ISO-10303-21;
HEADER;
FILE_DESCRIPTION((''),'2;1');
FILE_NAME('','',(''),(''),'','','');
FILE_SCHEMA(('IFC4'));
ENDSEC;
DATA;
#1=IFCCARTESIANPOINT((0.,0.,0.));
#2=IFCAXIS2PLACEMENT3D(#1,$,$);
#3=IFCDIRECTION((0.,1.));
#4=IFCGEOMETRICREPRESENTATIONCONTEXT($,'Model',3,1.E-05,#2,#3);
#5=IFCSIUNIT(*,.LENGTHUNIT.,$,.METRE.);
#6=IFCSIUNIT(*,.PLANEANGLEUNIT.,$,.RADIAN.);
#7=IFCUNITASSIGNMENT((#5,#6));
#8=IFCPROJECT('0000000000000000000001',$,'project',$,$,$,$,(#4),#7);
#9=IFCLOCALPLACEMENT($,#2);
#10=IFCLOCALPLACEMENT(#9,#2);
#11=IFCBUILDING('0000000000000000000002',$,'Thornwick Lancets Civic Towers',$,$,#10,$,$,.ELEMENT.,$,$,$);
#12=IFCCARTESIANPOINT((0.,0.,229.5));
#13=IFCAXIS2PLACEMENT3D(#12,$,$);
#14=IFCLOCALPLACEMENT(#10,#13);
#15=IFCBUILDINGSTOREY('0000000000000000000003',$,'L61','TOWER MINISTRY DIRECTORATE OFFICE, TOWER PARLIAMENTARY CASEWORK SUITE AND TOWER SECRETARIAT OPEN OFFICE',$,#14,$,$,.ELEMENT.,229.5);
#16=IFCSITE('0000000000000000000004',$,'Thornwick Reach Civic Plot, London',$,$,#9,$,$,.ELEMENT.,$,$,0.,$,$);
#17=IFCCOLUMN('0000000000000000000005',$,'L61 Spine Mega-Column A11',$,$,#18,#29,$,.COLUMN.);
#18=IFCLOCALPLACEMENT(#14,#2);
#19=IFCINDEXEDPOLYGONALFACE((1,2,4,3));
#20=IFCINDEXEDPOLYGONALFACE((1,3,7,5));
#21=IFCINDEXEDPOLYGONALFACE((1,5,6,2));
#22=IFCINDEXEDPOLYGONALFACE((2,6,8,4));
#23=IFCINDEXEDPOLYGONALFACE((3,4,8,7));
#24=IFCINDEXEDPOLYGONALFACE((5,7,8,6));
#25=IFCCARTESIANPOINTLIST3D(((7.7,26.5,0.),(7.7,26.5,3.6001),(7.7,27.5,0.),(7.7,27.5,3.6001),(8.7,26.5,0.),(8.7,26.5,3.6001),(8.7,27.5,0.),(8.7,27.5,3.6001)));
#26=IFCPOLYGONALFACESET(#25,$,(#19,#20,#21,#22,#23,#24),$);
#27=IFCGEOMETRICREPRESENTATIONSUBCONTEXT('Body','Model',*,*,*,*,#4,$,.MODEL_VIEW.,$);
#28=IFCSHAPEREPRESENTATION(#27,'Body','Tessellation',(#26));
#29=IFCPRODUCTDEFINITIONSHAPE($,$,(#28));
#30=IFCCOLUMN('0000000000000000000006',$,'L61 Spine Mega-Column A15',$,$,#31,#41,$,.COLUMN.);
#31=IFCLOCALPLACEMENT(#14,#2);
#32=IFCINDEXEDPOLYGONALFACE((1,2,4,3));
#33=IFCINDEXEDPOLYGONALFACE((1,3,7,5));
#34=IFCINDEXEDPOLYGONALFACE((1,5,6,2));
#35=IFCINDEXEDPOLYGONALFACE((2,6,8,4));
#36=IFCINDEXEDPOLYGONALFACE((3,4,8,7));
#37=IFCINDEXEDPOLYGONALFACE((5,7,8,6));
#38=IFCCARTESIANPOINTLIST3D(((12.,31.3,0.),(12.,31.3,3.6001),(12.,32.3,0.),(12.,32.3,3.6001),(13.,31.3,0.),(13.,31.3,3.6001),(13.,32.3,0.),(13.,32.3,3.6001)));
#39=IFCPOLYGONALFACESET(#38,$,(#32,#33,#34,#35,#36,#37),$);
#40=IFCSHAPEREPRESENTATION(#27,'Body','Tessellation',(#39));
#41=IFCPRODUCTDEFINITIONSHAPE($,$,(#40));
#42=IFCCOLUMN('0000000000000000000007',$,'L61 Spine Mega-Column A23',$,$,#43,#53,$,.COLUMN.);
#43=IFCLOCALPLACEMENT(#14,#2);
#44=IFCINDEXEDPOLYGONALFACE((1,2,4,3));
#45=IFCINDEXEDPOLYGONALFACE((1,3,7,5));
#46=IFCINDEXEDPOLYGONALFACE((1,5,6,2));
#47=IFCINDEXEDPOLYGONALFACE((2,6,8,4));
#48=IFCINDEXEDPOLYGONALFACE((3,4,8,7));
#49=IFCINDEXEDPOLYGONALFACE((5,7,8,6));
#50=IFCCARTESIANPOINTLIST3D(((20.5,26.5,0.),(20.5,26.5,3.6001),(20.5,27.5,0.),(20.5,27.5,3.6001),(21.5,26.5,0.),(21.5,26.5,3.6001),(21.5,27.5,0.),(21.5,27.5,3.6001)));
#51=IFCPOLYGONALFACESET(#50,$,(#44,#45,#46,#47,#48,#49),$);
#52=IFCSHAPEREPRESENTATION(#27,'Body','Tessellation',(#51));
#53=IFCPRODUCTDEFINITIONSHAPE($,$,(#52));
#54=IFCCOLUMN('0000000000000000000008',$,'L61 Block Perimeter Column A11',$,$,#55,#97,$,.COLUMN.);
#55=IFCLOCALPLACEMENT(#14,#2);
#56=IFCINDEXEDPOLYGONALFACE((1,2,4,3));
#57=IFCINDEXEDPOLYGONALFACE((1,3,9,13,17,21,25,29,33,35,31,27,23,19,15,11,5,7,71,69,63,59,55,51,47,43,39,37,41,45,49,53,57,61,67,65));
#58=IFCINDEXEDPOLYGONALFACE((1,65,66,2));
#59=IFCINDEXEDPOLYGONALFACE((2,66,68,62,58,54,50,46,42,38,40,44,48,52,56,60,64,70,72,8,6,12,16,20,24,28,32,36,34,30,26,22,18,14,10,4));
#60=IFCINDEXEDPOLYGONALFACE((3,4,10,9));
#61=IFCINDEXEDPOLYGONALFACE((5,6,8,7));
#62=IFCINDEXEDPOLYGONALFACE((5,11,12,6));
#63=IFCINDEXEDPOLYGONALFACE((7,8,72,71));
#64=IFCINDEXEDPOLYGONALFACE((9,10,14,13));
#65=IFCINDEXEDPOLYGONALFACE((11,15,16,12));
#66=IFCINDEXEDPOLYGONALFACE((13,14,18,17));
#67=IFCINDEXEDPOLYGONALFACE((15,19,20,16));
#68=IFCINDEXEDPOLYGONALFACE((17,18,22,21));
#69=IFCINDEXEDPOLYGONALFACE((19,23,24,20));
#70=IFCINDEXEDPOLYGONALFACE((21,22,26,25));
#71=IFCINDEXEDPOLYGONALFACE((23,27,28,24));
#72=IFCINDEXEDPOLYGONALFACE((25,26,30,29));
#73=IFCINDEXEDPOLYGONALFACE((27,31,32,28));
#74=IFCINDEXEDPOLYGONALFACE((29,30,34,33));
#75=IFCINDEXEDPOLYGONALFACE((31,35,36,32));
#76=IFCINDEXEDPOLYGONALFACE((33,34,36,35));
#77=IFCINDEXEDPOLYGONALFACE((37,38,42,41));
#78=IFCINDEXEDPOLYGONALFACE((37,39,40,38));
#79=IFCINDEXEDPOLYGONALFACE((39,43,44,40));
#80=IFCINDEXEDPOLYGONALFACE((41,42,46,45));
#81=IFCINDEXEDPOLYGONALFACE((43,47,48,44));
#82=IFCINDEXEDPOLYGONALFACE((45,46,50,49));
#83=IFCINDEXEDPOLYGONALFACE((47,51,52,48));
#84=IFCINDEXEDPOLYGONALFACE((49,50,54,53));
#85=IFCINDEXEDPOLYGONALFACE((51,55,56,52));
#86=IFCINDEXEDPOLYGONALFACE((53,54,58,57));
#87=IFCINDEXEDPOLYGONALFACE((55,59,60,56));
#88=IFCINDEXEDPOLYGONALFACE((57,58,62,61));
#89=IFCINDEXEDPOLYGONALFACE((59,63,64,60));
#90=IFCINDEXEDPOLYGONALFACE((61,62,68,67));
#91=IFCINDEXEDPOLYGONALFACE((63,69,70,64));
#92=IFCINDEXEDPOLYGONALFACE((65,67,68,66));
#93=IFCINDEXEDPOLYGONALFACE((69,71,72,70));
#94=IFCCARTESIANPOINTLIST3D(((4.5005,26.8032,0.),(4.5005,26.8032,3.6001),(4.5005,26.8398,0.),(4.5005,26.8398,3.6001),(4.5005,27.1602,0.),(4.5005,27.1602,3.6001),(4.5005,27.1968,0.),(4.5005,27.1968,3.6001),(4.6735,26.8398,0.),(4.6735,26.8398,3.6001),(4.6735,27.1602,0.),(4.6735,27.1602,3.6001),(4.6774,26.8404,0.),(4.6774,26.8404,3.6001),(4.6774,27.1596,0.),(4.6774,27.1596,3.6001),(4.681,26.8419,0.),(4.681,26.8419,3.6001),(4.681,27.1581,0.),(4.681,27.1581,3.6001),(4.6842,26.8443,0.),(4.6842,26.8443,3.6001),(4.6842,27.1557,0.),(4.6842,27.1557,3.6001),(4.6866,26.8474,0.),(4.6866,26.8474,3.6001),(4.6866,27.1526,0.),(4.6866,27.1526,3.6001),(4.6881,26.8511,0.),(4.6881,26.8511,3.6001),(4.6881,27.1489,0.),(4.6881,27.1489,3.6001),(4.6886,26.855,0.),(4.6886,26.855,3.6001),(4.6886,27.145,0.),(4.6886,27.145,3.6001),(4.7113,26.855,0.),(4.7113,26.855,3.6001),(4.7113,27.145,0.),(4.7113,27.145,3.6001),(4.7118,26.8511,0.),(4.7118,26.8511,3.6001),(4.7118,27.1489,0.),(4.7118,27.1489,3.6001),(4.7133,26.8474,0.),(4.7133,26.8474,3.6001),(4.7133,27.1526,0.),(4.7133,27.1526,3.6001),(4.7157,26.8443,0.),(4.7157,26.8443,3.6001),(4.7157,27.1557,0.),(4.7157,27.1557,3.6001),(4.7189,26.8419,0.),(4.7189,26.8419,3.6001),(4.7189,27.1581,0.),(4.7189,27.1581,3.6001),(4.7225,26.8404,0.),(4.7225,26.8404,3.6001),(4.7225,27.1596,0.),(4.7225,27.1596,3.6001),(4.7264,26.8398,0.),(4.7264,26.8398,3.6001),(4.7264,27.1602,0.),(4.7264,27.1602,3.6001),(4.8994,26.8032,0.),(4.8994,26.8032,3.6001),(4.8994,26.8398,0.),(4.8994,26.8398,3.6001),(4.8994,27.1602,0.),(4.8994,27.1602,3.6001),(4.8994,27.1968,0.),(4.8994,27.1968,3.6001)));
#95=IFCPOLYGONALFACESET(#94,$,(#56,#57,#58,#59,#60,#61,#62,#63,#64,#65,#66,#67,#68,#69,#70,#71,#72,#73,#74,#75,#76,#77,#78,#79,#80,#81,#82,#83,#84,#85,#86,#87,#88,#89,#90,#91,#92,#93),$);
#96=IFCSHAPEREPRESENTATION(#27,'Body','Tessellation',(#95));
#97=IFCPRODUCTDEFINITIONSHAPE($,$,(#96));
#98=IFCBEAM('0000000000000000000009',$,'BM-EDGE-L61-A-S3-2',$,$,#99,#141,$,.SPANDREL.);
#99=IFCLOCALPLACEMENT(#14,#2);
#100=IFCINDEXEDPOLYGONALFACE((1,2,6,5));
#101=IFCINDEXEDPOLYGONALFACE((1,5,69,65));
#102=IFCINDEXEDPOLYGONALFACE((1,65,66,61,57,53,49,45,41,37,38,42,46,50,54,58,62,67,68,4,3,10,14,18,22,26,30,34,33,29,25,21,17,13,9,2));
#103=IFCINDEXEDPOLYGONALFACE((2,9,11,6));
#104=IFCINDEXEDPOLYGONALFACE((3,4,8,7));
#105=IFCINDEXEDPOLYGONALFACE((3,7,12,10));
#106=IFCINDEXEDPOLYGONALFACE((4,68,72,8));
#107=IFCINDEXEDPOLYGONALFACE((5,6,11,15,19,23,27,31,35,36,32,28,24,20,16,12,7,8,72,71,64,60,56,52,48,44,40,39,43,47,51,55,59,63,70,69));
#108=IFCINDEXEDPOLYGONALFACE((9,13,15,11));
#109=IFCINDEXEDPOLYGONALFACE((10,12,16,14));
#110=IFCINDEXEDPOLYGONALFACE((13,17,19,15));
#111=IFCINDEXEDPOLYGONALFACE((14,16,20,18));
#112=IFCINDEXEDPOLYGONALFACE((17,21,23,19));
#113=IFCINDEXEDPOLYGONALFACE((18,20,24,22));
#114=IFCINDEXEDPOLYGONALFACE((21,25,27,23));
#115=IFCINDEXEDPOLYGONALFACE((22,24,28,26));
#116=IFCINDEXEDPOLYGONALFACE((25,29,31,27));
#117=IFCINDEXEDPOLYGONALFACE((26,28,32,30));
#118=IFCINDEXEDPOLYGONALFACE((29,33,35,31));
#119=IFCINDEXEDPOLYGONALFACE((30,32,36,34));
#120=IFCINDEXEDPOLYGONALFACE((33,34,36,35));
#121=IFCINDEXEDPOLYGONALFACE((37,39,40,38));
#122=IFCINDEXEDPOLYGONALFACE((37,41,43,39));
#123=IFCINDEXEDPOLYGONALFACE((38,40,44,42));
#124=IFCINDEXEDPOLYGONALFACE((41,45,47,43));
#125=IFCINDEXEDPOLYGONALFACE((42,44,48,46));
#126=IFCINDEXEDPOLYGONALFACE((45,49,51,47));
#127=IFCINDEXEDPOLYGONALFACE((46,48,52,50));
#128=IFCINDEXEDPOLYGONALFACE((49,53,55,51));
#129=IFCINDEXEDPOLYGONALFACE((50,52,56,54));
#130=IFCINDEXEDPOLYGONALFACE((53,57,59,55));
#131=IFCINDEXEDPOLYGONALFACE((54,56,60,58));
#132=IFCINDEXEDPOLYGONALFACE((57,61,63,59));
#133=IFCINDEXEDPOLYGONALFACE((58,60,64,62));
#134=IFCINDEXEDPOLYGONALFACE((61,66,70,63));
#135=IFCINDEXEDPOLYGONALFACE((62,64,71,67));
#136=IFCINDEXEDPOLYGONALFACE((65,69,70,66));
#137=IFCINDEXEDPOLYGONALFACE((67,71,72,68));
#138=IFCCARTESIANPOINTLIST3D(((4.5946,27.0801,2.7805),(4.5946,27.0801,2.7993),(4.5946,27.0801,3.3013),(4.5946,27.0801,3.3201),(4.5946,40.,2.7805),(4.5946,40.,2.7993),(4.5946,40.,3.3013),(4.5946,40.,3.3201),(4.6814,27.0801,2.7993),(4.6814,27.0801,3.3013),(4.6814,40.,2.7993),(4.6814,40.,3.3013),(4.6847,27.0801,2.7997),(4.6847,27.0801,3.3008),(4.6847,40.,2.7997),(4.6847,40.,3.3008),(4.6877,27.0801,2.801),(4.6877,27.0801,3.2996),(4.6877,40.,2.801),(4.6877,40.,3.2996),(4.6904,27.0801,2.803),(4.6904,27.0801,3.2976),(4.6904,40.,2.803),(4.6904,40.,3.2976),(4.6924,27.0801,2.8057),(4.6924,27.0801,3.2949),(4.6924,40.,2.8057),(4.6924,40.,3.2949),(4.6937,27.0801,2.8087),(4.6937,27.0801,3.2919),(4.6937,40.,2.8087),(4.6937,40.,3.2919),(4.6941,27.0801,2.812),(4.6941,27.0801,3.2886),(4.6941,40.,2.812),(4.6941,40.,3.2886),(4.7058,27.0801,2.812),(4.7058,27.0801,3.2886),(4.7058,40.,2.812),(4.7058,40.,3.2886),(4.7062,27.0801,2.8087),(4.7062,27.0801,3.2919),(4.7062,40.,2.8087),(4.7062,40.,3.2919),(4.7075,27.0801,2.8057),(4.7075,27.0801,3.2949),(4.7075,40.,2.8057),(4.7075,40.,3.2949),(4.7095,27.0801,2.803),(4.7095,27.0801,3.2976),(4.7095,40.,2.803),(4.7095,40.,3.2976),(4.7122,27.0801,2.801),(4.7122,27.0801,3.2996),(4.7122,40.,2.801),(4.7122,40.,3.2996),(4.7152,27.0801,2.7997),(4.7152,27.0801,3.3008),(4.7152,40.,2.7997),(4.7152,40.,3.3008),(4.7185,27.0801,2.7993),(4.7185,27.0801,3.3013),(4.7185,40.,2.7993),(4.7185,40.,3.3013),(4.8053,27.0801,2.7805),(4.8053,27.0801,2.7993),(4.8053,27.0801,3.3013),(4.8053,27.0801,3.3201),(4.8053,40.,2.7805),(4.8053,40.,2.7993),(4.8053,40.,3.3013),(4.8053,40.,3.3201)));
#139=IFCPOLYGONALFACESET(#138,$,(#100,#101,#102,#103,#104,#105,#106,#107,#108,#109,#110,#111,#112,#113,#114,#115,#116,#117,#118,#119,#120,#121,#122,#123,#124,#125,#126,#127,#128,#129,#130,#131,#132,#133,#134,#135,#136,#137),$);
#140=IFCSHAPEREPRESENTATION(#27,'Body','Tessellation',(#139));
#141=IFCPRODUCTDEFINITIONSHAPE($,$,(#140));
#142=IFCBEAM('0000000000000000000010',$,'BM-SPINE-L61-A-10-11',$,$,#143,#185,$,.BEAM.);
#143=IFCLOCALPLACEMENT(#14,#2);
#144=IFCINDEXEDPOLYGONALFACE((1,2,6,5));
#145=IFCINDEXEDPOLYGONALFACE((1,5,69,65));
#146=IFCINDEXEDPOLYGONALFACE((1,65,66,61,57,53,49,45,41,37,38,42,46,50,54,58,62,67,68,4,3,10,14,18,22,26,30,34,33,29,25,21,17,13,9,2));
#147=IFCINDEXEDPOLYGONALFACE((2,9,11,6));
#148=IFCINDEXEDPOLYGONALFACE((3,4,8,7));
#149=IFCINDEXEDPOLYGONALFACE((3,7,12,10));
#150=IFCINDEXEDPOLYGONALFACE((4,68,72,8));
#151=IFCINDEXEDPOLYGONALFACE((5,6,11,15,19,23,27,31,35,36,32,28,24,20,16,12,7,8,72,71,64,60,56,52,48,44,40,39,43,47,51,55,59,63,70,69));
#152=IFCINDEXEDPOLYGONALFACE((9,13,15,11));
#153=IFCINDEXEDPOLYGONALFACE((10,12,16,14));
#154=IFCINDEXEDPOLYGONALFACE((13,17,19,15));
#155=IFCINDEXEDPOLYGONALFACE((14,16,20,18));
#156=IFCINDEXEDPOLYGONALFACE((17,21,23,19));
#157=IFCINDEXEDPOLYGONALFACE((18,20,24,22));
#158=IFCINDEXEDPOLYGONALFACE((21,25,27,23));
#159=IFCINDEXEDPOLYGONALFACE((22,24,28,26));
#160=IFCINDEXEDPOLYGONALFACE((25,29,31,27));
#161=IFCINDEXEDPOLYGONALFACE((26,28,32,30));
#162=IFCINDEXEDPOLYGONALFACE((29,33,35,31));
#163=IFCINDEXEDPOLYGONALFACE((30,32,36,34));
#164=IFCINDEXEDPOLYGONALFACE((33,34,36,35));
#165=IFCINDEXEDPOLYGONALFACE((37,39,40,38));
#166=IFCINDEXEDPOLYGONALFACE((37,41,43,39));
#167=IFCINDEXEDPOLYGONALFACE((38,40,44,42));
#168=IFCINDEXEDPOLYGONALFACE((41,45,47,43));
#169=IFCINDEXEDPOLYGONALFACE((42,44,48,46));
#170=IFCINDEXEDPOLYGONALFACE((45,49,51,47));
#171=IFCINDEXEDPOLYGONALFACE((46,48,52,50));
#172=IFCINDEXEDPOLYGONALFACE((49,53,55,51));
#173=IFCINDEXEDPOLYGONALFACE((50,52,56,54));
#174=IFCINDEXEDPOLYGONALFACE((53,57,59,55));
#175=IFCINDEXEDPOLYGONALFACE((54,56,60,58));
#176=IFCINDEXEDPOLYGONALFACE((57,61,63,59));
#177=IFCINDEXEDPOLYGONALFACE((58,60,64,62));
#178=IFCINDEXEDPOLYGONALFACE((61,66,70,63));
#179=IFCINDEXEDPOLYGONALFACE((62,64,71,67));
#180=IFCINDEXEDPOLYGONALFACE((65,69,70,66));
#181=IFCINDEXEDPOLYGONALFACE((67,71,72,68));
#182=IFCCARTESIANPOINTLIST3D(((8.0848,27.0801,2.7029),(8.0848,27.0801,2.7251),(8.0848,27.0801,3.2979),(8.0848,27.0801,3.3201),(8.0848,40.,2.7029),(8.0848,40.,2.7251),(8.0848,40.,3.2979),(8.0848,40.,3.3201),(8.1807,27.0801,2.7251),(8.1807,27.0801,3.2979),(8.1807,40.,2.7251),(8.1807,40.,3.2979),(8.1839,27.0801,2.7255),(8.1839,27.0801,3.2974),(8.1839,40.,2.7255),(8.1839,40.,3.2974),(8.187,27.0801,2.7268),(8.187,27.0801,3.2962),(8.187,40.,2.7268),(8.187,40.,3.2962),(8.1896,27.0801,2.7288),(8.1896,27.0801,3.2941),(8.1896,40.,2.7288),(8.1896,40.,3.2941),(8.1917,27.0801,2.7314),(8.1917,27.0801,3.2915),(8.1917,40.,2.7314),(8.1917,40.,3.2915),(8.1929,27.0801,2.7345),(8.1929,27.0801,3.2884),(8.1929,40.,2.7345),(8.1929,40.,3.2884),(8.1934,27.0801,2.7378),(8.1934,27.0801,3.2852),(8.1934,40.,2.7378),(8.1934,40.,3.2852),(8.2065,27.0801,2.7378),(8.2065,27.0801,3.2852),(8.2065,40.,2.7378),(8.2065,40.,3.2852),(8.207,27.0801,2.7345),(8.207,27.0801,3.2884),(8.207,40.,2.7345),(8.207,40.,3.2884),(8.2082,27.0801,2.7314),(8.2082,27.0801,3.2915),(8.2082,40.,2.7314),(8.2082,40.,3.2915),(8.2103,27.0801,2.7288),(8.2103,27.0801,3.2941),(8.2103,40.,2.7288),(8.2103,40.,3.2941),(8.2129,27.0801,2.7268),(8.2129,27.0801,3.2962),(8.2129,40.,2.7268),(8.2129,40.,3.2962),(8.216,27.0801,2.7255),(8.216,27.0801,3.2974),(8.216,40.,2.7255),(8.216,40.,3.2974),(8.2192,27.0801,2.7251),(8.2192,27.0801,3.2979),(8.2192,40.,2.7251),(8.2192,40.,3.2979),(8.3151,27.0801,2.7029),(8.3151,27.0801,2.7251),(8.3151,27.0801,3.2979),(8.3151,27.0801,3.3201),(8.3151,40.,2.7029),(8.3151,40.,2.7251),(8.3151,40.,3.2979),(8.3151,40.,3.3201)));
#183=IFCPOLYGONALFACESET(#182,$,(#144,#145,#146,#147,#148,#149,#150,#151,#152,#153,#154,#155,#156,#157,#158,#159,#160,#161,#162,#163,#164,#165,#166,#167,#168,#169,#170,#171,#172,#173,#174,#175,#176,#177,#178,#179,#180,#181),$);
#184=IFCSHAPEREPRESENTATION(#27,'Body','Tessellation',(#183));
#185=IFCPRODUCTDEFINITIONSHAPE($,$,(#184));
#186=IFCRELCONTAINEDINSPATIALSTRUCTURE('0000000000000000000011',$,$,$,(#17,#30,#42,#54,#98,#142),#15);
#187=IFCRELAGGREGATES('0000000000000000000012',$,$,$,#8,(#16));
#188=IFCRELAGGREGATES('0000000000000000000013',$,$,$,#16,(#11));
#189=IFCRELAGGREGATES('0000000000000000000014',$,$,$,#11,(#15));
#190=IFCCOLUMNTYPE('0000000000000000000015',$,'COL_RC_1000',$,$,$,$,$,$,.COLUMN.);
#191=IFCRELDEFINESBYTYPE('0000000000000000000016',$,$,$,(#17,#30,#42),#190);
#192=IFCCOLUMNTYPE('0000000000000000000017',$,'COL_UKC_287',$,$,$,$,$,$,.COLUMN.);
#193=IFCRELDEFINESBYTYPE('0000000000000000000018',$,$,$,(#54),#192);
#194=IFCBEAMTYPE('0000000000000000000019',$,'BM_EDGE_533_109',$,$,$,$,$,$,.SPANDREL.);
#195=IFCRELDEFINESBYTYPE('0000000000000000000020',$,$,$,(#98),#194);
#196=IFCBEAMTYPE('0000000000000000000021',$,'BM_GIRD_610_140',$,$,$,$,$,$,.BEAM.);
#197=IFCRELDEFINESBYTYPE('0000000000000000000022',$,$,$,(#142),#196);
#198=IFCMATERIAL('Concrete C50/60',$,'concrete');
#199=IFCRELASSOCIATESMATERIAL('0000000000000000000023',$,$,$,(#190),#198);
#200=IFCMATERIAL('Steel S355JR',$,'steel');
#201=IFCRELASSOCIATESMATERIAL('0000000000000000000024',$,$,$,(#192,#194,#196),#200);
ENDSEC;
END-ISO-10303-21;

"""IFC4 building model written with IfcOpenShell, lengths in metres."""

from ifc_helpers import new_model, si_unit, direction, frame, origin, origin_2d, place, context, subcontext, project, spatial, rectangle, i_section, extrude, material, material_profile, profile_set, type_object, element, save


model = new_model("IFC4")

# Units and contexts
model_context = context("Model", 3, precision=1e-05, world=origin(), true_north=direction((0.0, 1.0)))
body_context = subcontext(model_context, "Body", "Model", "MODEL_VIEW")
ifc_project = project(units=[si_unit("LENGTHUNIT", "METRE"), si_unit("PLANEANGLEUNIT", "RADIAN")], contexts=[model_context])

# Site, building, storey
site_placement = place(None, origin())
site = spatial("IfcSite", under=ifc_project, at=site_placement, Name="Thornwick Reach Civic Plot, London", CompositionType="ELEMENT", RefElevation=0.0)
building_placement = place(site_placement, origin())
building = spatial("IfcBuilding", under=site, at=building_placement, Name="Thornwick Lancets Civic Towers", CompositionType="ELEMENT")
storey_placement = place(building_placement, frame((0.0, 0.0, 229.5)))
storey = spatial("IfcBuildingStorey", under=building, at=storey_placement, Name="L61", Description="TOWER MINISTRY DIRECTORATE OFFICE, TOWER PARLIAMENTARY CASEWORK SUITE AND TOWER SECRETARIAT OPEN OFFICE", CompositionType="ELEMENT", Elevation=229.5)

# Columns
ifc_material_1 = material(Name="Concrete C50/60", Category="concrete")
ifc_material_profile_1 = material_profile(ifc_material_1, rectangle(XDim=1.0, YDim=1.0, at=origin_2d()), Name="RC 1000x1000")
ifc_profile_set_1 = profile_set([ifc_material_profile_1], Name="Concrete C50/60")
column_type_1 = type_object("IfcColumnType", Name="COL_RC_1000", PredefinedType="COLUMN", material=ifc_profile_set_1)
for number, where, z_axis, x_axis, name in (
    (1, (8.2, 27.0, 0.0), (0.0, 0.0, 1.0), (1.0, 0.0, 0.0), "L61 Spine Mega-Column A11"),
    (2, (12.5, 31.8, 0.0), (0.0, 0.0, 1.0), (1.0, 0.0, 0.0), "L61 Spine Mega-Column A15"),
    (3, (21.0, 27.0, 0.0), (0.0, 0.0, 1.0), (1.0, 0.0, 0.0), "L61 Spine Mega-Column A23"),
):
    element("IfcColumn", number, at=place(storey_placement, frame(where, z_axis=z_axis, x_axis=x_axis)), inside=storey, type_object=column_type_1, Name=name, PredefinedType="COLUMN", context=body_context, shape_type="SweptSolid", body=[
        extrude(rectangle(XDim=1.0, YDim=1.0, at=origin_2d()), origin(), (0.0, 0.0, 1.0), 3.6001),
    ])
ifc_material_2 = material(Name="Steel S355JR", Category="steel")
ifc_material_profile_2 = material_profile(ifc_material_2, i_section(OverallWidth=0.3989, OverallDepth=0.3936, WebThickness=0.0227, FlangeThickness=0.0366, FilletRadius=0.0151, at=origin_2d()), Name="UKC 356x406x287")
ifc_profile_set_2 = profile_set([ifc_material_profile_2], Name="Steel S355JR")
column_type_2 = type_object("IfcColumnType", Name="COL_UKC_287", PredefinedType="COLUMN", material=ifc_profile_set_2)
column_placement = place(storey_placement, frame((4.7, 27.0, 0.0), z_axis=(0.0, 0.0, 1.0), x_axis=(1.0, 0.0, 0.0)))
element("IfcColumn", 4, at=column_placement, inside=storey, type_object=column_type_2, Name="L61 Block Perimeter Column A11", PredefinedType="COLUMN", context=body_context, shape_type="SweptSolid", body=[
    extrude(i_section(OverallWidth=0.3989, OverallDepth=0.3936, WebThickness=0.0227, FlangeThickness=0.0366, FilletRadius=0.0151, at=origin_2d()), origin(), (0.0, 0.0, 1.0), 3.6001),
])

# Beams
ifc_material_profile_3 = material_profile(ifc_material_2, i_section(OverallWidth=0.2107, OverallDepth=0.5396, WebThickness=0.0117, FlangeThickness=0.0188, FilletRadius=0.0127, at=origin_2d()), Name="UKB 533x210x109")
ifc_profile_set_3 = profile_set([ifc_material_profile_3], Name="Steel S355JR")
beam_type_1 = type_object("IfcBeamType", Name="BM_EDGE_533_109", PredefinedType="SPANDREL", material=ifc_profile_set_3)
beam_1_placement = place(storey_placement, frame((4.7, 27.0801, 3.0503), z_axis=(0.0, 1.0, 0.0), x_axis=(-1.0, 0.0, 0.0)))
element("IfcBeam", 5, at=beam_1_placement, inside=storey, type_object=beam_type_1, Name="BM-EDGE-L61-A-S3-2", PredefinedType="SPANDREL", context=body_context, shape_type="SweptSolid", body=[
    extrude(i_section(OverallWidth=0.2107, OverallDepth=0.5396, WebThickness=0.0117, FlangeThickness=0.0188, FilletRadius=0.0127, at=origin_2d()), origin(), (0.0, 0.0, 1.0), 12.9199),
])
ifc_material_profile_4 = material_profile(ifc_material_2, i_section(OverallWidth=0.2302, OverallDepth=0.6172, WebThickness=0.0132, FlangeThickness=0.0222, FilletRadius=0.0127, at=origin_2d()), Name="UKB 610x229x140")
ifc_profile_set_4 = profile_set([ifc_material_profile_4], Name="Steel S355JR")
beam_type_2 = type_object("IfcBeamType", Name="BM_GIRD_610_140", PredefinedType="BEAM", material=ifc_profile_set_4)
beam_2_placement = place(storey_placement, frame((8.2, 27.0801, 3.0115), z_axis=(0.0, 1.0, 0.0), x_axis=(-1.0, 0.0, 0.0)))
element("IfcBeam", 6, at=beam_2_placement, inside=storey, type_object=beam_type_2, Name="BM-SPINE-L61-A-10-11", PredefinedType="BEAM", context=body_context, shape_type="SweptSolid", body=[
    extrude(i_section(OverallWidth=0.2302, OverallDepth=0.6172, WebThickness=0.0132, FlangeThickness=0.0222, FilletRadius=0.0127, at=origin_2d()), origin(), (0.0, 0.0, 1.0), 12.9199),
])

save(model, "model.ifc")
